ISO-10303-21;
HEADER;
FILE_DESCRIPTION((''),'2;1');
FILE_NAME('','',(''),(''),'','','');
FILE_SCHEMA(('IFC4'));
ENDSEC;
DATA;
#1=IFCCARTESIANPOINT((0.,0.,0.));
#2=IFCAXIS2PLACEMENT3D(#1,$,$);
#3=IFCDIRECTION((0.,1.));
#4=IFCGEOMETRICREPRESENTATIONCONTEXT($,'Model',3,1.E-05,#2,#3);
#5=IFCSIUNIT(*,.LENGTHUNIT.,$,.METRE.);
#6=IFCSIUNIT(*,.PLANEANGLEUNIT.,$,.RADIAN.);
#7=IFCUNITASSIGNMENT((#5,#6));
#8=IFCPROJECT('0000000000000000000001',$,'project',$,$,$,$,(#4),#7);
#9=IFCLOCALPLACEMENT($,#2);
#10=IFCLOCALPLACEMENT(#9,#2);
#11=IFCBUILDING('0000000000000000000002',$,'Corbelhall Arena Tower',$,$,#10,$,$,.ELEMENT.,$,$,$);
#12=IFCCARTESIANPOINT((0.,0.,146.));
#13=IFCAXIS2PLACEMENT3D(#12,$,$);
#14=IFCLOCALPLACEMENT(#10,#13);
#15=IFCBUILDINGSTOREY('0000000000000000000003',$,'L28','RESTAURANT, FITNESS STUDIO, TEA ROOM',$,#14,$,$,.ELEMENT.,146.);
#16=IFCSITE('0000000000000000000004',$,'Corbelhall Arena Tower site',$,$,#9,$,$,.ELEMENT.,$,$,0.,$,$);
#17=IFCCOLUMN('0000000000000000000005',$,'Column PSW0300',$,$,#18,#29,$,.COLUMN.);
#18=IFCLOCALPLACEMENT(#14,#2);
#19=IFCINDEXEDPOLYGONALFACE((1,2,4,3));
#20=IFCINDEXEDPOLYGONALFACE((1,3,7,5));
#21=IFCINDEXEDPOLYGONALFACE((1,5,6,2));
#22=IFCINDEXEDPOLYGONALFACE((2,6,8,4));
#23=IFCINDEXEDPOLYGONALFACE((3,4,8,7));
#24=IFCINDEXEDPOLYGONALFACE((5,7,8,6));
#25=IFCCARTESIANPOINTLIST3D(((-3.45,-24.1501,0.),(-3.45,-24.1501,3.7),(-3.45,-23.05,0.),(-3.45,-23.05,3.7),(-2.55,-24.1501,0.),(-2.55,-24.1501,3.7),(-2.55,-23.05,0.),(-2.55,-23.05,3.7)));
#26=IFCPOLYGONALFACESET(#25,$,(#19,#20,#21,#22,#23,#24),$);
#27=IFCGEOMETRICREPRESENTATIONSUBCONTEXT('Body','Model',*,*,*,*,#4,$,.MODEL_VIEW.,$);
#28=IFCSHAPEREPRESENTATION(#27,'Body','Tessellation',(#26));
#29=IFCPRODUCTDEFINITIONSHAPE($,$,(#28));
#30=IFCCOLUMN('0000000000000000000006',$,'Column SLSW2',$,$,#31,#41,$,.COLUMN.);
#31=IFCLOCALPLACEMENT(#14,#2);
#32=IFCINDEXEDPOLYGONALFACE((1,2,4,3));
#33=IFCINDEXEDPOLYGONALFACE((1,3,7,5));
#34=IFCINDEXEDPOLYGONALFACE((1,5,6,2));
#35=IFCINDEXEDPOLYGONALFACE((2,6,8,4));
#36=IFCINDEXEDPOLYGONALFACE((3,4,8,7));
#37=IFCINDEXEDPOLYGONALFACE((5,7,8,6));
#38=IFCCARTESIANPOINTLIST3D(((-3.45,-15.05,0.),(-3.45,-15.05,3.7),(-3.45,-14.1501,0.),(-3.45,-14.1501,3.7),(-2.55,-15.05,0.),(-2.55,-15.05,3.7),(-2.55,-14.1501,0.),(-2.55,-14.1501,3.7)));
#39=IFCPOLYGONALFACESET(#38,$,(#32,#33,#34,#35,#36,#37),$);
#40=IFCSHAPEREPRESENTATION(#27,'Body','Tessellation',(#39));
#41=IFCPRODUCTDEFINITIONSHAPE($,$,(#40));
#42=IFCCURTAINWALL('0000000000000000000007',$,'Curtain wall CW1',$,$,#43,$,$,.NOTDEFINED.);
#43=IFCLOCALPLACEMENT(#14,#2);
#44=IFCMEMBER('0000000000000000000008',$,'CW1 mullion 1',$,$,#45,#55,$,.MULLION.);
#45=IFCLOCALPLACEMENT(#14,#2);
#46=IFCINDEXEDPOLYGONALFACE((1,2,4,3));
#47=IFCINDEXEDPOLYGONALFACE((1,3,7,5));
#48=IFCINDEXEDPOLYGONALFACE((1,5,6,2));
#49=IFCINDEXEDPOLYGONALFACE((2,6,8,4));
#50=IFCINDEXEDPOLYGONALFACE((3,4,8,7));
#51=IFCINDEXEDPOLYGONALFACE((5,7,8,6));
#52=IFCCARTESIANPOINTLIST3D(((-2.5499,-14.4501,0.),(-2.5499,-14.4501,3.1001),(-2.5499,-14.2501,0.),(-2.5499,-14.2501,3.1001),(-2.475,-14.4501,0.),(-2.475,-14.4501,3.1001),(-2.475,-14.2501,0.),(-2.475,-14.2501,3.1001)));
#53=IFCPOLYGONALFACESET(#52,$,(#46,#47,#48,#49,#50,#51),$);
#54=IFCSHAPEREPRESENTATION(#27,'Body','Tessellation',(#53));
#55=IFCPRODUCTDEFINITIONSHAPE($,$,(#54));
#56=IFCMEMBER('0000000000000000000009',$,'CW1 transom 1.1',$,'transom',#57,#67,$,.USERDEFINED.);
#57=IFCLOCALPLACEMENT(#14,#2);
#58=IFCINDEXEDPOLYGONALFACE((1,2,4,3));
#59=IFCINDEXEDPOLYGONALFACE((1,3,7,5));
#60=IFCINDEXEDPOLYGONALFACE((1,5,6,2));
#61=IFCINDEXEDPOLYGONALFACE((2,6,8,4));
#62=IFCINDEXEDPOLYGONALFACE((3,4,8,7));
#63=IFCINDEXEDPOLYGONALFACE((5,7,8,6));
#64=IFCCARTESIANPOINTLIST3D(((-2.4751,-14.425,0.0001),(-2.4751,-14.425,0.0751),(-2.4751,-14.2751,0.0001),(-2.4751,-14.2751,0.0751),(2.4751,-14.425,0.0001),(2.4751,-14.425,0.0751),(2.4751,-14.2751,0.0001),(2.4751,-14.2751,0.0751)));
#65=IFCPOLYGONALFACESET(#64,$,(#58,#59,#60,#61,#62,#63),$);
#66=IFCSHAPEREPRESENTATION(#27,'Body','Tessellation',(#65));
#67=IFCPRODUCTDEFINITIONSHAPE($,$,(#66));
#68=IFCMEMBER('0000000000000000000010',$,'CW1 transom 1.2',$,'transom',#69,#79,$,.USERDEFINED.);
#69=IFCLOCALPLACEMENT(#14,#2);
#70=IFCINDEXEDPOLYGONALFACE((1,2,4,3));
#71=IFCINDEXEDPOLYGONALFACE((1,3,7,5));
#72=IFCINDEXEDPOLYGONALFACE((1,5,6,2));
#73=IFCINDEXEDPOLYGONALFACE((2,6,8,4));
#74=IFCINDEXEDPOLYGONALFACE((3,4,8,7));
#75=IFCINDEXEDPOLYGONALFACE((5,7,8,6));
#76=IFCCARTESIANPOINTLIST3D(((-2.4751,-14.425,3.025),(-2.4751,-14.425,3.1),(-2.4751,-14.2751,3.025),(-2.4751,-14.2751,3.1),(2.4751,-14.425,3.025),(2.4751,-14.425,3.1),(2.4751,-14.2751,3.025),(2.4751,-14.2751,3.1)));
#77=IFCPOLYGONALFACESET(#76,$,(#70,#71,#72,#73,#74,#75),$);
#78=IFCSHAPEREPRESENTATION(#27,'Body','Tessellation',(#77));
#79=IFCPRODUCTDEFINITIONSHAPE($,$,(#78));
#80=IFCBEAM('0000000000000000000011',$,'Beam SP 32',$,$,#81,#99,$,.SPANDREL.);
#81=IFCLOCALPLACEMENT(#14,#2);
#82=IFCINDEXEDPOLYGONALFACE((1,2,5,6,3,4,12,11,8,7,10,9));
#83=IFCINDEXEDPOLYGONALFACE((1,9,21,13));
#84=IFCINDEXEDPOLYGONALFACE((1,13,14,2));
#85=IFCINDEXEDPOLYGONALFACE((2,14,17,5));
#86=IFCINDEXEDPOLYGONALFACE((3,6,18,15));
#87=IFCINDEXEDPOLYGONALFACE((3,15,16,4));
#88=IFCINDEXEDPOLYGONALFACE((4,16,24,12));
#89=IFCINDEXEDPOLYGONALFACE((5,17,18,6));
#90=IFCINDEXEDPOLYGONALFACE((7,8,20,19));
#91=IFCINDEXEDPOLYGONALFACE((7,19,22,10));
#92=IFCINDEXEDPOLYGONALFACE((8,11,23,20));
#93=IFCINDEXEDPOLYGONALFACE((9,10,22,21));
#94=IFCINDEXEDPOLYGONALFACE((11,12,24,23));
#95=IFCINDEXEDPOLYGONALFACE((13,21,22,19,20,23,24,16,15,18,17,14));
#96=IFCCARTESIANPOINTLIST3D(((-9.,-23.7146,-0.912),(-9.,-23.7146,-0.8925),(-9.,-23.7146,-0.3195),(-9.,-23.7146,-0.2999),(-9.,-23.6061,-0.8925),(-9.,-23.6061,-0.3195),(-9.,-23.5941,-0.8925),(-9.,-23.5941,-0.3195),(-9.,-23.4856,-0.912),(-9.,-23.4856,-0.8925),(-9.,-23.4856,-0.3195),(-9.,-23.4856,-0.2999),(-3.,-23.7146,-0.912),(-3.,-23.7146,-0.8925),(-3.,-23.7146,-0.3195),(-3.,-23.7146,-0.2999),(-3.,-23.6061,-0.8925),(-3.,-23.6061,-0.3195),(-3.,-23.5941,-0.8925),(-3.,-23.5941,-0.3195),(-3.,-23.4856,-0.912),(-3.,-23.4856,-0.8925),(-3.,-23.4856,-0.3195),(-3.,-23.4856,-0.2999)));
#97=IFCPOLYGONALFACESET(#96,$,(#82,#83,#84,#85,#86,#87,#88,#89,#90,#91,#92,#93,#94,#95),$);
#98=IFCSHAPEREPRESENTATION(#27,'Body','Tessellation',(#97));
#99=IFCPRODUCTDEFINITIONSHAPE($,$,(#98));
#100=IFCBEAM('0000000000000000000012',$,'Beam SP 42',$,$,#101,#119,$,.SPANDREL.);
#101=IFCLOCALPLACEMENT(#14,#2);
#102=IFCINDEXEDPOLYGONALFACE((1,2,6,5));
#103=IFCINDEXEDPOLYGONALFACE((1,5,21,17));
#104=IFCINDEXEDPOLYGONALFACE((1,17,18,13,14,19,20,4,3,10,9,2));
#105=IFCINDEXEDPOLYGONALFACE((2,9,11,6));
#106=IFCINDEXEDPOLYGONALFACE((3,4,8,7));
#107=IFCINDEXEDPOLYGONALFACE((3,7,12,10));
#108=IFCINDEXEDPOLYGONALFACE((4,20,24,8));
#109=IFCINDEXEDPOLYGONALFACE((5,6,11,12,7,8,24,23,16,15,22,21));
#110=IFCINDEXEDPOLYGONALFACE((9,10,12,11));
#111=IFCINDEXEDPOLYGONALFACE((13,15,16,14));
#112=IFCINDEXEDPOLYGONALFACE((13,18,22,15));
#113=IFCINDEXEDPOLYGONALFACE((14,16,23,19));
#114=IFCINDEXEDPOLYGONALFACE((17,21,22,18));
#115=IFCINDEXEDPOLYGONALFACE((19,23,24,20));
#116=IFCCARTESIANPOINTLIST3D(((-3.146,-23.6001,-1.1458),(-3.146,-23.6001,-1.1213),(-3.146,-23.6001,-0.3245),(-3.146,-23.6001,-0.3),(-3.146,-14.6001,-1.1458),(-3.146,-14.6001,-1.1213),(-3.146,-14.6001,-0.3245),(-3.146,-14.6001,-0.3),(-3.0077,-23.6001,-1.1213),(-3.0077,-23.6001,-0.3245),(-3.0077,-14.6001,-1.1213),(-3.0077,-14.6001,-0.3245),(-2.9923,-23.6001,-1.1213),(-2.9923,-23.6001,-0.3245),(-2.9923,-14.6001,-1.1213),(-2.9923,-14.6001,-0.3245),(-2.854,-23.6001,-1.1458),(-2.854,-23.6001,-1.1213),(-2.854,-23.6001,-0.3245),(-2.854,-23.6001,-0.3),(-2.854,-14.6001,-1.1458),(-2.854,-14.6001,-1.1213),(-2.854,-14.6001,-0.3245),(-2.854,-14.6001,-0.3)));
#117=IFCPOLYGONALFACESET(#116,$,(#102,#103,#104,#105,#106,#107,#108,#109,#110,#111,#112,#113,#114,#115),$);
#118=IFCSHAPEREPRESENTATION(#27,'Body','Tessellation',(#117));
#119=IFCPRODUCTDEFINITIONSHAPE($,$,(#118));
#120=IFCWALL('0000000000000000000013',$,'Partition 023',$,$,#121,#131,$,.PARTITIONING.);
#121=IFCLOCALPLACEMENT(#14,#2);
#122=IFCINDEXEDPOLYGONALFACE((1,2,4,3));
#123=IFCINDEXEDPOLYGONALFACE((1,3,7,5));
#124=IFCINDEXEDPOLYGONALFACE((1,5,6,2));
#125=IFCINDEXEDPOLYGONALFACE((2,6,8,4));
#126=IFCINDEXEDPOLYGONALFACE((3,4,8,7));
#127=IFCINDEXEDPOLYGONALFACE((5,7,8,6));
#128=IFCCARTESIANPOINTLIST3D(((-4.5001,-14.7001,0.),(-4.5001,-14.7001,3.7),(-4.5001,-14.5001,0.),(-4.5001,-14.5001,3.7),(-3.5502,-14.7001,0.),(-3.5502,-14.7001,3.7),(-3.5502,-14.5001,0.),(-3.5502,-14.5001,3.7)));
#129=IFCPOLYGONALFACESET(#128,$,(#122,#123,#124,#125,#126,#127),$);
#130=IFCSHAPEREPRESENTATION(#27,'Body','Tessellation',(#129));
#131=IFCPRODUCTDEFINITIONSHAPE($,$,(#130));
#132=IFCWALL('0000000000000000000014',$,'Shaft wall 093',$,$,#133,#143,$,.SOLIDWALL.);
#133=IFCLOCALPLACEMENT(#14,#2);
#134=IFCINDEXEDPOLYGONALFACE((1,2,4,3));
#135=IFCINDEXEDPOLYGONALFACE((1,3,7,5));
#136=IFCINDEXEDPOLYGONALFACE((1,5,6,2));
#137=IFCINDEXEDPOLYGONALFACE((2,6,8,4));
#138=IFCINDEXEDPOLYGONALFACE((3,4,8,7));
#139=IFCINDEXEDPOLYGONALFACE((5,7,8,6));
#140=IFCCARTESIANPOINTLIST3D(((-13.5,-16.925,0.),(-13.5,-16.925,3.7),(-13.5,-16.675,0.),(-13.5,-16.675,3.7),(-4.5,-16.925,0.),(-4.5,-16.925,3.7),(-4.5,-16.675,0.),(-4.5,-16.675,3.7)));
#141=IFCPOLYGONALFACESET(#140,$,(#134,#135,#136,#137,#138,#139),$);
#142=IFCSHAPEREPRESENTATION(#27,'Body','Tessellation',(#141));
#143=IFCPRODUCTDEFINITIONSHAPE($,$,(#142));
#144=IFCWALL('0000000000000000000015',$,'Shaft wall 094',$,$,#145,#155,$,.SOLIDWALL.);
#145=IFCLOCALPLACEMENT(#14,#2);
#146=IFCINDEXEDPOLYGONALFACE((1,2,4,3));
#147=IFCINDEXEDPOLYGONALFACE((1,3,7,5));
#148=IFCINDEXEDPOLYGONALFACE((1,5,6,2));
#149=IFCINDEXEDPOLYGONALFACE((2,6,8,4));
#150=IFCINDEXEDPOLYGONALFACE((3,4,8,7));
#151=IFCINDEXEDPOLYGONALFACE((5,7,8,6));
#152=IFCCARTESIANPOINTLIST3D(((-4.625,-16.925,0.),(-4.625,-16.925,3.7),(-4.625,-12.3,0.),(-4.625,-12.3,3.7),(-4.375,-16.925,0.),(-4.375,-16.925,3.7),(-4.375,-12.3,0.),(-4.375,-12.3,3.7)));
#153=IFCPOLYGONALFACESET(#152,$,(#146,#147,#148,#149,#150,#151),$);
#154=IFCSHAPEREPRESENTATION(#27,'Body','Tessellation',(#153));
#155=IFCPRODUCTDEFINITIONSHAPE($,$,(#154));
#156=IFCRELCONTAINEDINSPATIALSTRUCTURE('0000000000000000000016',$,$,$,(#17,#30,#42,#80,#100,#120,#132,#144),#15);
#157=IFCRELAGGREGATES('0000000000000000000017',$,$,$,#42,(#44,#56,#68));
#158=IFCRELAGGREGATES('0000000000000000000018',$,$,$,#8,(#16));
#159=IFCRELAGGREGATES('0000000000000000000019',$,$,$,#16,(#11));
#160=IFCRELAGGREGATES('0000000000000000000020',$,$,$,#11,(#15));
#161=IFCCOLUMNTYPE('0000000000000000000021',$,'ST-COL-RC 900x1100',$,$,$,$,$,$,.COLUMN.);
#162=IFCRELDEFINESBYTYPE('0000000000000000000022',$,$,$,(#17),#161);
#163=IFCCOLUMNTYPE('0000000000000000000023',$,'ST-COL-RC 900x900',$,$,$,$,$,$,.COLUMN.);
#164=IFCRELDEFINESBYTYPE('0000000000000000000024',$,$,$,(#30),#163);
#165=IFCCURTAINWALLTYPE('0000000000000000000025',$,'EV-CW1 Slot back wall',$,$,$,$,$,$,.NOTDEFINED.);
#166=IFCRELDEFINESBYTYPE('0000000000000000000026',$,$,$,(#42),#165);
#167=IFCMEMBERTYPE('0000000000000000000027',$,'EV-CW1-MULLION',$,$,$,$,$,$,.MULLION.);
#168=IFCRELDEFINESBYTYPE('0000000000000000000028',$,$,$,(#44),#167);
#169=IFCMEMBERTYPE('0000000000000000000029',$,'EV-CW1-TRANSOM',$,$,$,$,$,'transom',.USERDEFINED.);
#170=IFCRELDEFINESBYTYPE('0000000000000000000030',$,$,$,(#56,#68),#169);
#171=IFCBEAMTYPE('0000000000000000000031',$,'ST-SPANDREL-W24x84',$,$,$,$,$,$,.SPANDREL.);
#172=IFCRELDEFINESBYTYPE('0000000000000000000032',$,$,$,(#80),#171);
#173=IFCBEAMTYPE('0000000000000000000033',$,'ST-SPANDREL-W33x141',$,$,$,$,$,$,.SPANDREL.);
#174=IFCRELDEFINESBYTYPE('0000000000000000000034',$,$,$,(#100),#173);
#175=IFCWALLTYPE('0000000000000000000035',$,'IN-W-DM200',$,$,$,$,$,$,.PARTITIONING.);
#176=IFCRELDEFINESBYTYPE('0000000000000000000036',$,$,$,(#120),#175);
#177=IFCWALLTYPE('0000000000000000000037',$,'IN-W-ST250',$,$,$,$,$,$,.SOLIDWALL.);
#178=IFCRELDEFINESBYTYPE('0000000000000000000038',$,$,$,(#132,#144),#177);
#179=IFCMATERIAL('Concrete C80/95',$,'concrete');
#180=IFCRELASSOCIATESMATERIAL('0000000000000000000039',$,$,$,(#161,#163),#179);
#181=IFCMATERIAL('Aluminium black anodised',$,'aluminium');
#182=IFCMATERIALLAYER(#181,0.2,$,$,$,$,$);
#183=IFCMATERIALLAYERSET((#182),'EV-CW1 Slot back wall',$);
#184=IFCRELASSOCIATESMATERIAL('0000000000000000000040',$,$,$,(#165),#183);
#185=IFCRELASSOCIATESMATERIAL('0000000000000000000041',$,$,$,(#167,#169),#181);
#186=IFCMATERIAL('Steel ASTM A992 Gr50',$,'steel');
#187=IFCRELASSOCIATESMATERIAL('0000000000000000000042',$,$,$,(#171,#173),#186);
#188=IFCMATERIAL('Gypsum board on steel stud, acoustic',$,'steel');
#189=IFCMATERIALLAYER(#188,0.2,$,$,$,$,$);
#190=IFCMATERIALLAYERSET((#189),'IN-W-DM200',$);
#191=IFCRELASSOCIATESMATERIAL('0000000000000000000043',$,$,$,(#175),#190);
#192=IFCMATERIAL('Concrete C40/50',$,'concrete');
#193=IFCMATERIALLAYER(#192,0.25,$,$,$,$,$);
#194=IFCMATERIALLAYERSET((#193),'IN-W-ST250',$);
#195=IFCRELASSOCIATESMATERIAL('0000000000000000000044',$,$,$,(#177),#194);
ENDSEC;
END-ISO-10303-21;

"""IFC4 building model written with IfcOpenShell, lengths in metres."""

from ifc_helpers import new_model, si_unit, direction, frame, frame_2d, origin, origin_2d, place, context, subcontext, project, spatial, rectangle, i_section, extrude, material, layer, layer_set, material_profile, profile_set, type_object, element, aggregate, save


model = new_model("IFC4")

# Units and contexts
model_context = context("Model", 3, precision=1e-05, world=origin(), true_north=direction((0.0, 1.0)))
body_context = subcontext(model_context, "Body", "Model", "MODEL_VIEW")
ifc_project = project(units=[si_unit("LENGTHUNIT", "METRE"), si_unit("PLANEANGLEUNIT", "RADIAN")], contexts=[model_context])

# Site, building, storey
site_placement = place(None, origin())
site = spatial("IfcSite", under=ifc_project, at=site_placement, Name="Corbelhall Arena Tower site", CompositionType="ELEMENT", RefElevation=0.0)
building_placement = place(site_placement, origin())
building = spatial("IfcBuilding", under=site, at=building_placement, Name="Corbelhall Arena Tower", CompositionType="ELEMENT")
storey_placement = place(building_placement, frame((0.0, 0.0, 146.0)))
storey = spatial("IfcBuildingStorey", under=building, at=storey_placement, Name="L28", Description="RESTAURANT, FITNESS STUDIO, TEA ROOM", CompositionType="ELEMENT", Elevation=146.0)

# Columns
ifc_material_1 = material(Name="Concrete C80/95", Category="concrete")
ifc_material_profile_1 = material_profile(ifc_material_1, rectangle(XDim=0.8999, YDim=1.1001, at=origin_2d()))
ifc_profile_set_1 = profile_set([ifc_material_profile_1], Name="Concrete C80/95")
column_type_1 = type_object("IfcColumnType", Name="ST-COL-RC 900x1100", PredefinedType="COLUMN", material=ifc_profile_set_1)
column_1_placement = place(storey_placement, frame((-3.0, -23.6001, 0.0), z_axis=(0.0, 0.0, 1.0), x_axis=(1.0, 0.0, 0.0)))
element("IfcColumn", 1, at=column_1_placement, inside=storey, type_object=column_type_1, Name="Column PSW0300", PredefinedType="COLUMN", context=body_context, shape_type="SweptSolid", body=[
    extrude(rectangle(XDim=0.8999, YDim=1.1001, at=origin_2d()), origin(), (0.0, 0.0, 1.0), 3.7),
])
ifc_material_profile_2 = material_profile(ifc_material_1, rectangle(XDim=0.8999, YDim=0.8999, at=origin_2d()))
ifc_profile_set_2 = profile_set([ifc_material_profile_2], Name="Concrete C80/95")
column_type_2 = type_object("IfcColumnType", Name="ST-COL-RC 900x900", PredefinedType="COLUMN", material=ifc_profile_set_2)
column_2_placement = place(storey_placement, frame((-3.0, -14.6001, 0.0), z_axis=(0.0, 0.0, 1.0), x_axis=(1.0, 0.0, 0.0)))
element("IfcColumn", 2, at=column_2_placement, inside=storey, type_object=column_type_2, Name="Column SLSW2", PredefinedType="COLUMN", context=body_context, shape_type="SweptSolid", body=[
    extrude(rectangle(XDim=0.8999, YDim=0.8999, at=origin_2d()), origin(), (0.0, 0.0, 1.0), 3.7),
])

# Curtain wall, members
ifc_material_2 = material(Name="Aluminium black anodised", Category="aluminium")
ifc_layer_1 = layer(ifc_material_2, 0.2)
ifc_layer_set_1 = layer_set([ifc_layer_1], Name="EV-CW1 Slot back wall")
curtain_wall_type = type_object("IfcCurtainWallType", Name="EV-CW1 Slot back wall", PredefinedType="NOTDEFINED", material=ifc_layer_set_1)
curtain_wall_placement = place(storey_placement, origin())
curtain_wall = element("IfcCurtainWall", 3, at=curtain_wall_placement, inside=storey, type_object=curtain_wall_type, Name="Curtain wall CW1", PredefinedType="NOTDEFINED")
ifc_material_profile_3 = material_profile(ifc_material_2, rectangle(XDim=0.2, YDim=0.075, at=origin_2d()))
ifc_profile_set_3 = profile_set([ifc_material_profile_3], Name="Aluminium black anodised")
member_type_1 = type_object("IfcMemberType", Name="EV-CW1-MULLION", PredefinedType="MULLION", material=ifc_profile_set_3)
member_1_placement = place(storey_placement, frame((-2.5125, -14.3501, 0.0), z_axis=(0.0, 0.0, 1.0), x_axis=(0.0, 1.0, 0.0)))
member_1 = element("IfcMember", 4, at=member_1_placement, type_object=member_type_1, Name="CW1 mullion 1", PredefinedType="MULLION", context=body_context, shape_type="SweptSolid", body=[
    extrude(rectangle(XDim=0.2, YDim=0.075, at=origin_2d()), origin(), (0.0, 0.0, 1.0), 3.1001),
])
ifc_material_profile_4 = material_profile(ifc_material_2, rectangle(XDim=0.1499, YDim=0.075, at=origin_2d()))
ifc_profile_set_4 = profile_set([ifc_material_profile_4], Name="Aluminium black anodised")
member_type_2 = type_object("IfcMemberType", Name="EV-CW1-TRANSOM", ElementType="transom", PredefinedType="USERDEFINED", material=ifc_profile_set_4)
member_2_placement = place(storey_placement, frame((-2.4751, -14.3501, 0.0376), z_axis=(1.0, 0.0, 0.0), x_axis=(0.0, 1.0, 0.0)))
member_2 = element("IfcMember", 5, at=member_2_placement, type_object=member_type_2, Name="CW1 transom 1.1", ObjectType="transom", PredefinedType="USERDEFINED", context=body_context, shape_type="SweptSolid", body=[
    extrude(rectangle(XDim=0.1499, YDim=0.075, at=origin_2d()), origin(), (0.0, 0.0, 1.0), 4.9502),
])
member_3_placement = place(storey_placement, frame((-2.4751, -14.3501, 3.0625), z_axis=(1.0, 0.0, 0.0), x_axis=(0.0, 1.0, 0.0)))
member_3 = element("IfcMember", 6, at=member_3_placement, type_object=member_type_2, Name="CW1 transom 1.2", ObjectType="transom", PredefinedType="USERDEFINED", context=body_context, shape_type="SweptSolid", body=[
    extrude(rectangle(XDim=0.1499, YDim=0.075, at=origin_2d()), origin(), (0.0, 0.0, 1.0), 4.9502),
])
aggregate(curtain_wall, [member_1, member_2, member_3])

# Beams
ifc_material_3 = material(Name="Steel ASTM A992 Gr50", Category="steel")
ifc_material_profile_5 = material_profile(ifc_material_3, i_section(OverallWidth=0.229, OverallDepth=0.6121, WebThickness=0.012, FlangeThickness=0.0195, at=origin_2d()))
ifc_profile_set_5 = profile_set([ifc_material_profile_5], Name="Steel ASTM A992 Gr50")
beam_type_1 = type_object("IfcBeamType", Name="ST-SPANDREL-W24x84", PredefinedType="SPANDREL", material=ifc_profile_set_5)
beam_1_placement = place(storey_placement, frame((-3.0, -23.6001, -0.606), z_axis=(-1.0, 0.0, 0.0), x_axis=(0.0, -1.0, 0.0)))
element("IfcBeam", 7, at=beam_1_placement, inside=storey, type_object=beam_type_1, Name="Beam SP 32", PredefinedType="SPANDREL", context=body_context, shape_type="SweptSolid", body=[
    extrude(i_section(OverallWidth=0.229, OverallDepth=0.6121, WebThickness=0.012, FlangeThickness=0.0195, at=origin_2d()), origin(), (0.0, 0.0, 1.0), 6.0),
])
ifc_material_profile_6 = material_profile(ifc_material_3, i_section(OverallWidth=0.292, OverallDepth=0.8457, WebThickness=0.0154, FlangeThickness=0.0244, at=origin_2d()))
ifc_profile_set_6 = profile_set([ifc_material_profile_6], Name="Steel ASTM A992 Gr50")
beam_type_2 = type_object("IfcBeamType", Name="ST-SPANDREL-W33x141", PredefinedType="SPANDREL", material=ifc_profile_set_6)
beam_2_placement = place(storey_placement, frame((-3.0, -14.6001, -0.7229), z_axis=(0.0, -1.0, 0.0), x_axis=(1.0, 0.0, 0.0)))
element("IfcBeam", 8, at=beam_2_placement, inside=storey, type_object=beam_type_2, Name="Beam SP 42", PredefinedType="SPANDREL", context=body_context, shape_type="SweptSolid", body=[
    extrude(i_section(OverallWidth=0.292, OverallDepth=0.8457, WebThickness=0.0154, FlangeThickness=0.0244, at=origin_2d()), origin(), (0.0, 0.0, 1.0), 9.0),
])

# Walls
ifc_material_4 = material(Name="Gypsum board on steel stud, acoustic", Category="steel")
ifc_layer_2 = layer(ifc_material_4, 0.2)
ifc_layer_set_2 = layer_set([ifc_layer_2], Name="IN-W-DM200")
wall_type_1 = type_object("IfcWallType", Name="IN-W-DM200", PredefinedType="PARTITIONING", material=ifc_layer_set_2)
wall_1_placement = place(storey_placement, frame((-3.55, -14.6001, 0.0), z_axis=(0.0, 0.0, 1.0), x_axis=(-1.0, 0.0, 0.0)))
element("IfcWall", 9, at=wall_1_placement, inside=storey, type_object=wall_type_1, Name="Partition 023", PredefinedType="PARTITIONING", context=body_context, shape_type="SweptSolid", body=[
    extrude(rectangle(XDim=0.95, YDim=0.2, at=frame_2d((0.4751, 0.0))), origin(), (0.0, 0.0, 1.0), 3.7),
])
ifc_material_5 = material(Name="Concrete C40/50", Category="concrete")
ifc_layer_3 = layer(ifc_material_5, 0.25)
ifc_layer_set_3 = layer_set([ifc_layer_3], Name="IN-W-ST250")
wall_type_2 = type_object("IfcWallType", Name="IN-W-ST250", PredefinedType="SOLIDWALL", material=ifc_layer_set_3)
wall_2_placement = place(storey_placement, frame((-4.5, -16.8, 0.0), z_axis=(0.0, 0.0, 1.0), x_axis=(-1.0, 0.0, 0.0)))
element("IfcWall", 10, at=wall_2_placement, inside=storey, type_object=wall_type_2, Name="Shaft wall 093", PredefinedType="SOLIDWALL", context=body_context, shape_type="SweptSolid", body=[
    extrude(rectangle(XDim=9.0, YDim=0.25, at=frame_2d((4.5, 0.0))), origin(), (0.0, 0.0, 1.0), 3.7),
])
wall_3_placement = place(storey_placement, frame((-4.5, -12.3, 0.0), z_axis=(0.0, 0.0, 1.0), x_axis=(0.0, -1.0, 0.0)))
element("IfcWall", 11, at=wall_3_placement, inside=storey, type_object=wall_type_2, Name="Shaft wall 094", PredefinedType="SOLIDWALL", context=body_context, shape_type="SweptSolid", body=[
    extrude(rectangle(XDim=4.625, YDim=0.25, at=frame_2d((2.3125, 0.0))), origin(), (0.0, 0.0, 1.0), 3.7),
])

save(model, "model.ifc")
